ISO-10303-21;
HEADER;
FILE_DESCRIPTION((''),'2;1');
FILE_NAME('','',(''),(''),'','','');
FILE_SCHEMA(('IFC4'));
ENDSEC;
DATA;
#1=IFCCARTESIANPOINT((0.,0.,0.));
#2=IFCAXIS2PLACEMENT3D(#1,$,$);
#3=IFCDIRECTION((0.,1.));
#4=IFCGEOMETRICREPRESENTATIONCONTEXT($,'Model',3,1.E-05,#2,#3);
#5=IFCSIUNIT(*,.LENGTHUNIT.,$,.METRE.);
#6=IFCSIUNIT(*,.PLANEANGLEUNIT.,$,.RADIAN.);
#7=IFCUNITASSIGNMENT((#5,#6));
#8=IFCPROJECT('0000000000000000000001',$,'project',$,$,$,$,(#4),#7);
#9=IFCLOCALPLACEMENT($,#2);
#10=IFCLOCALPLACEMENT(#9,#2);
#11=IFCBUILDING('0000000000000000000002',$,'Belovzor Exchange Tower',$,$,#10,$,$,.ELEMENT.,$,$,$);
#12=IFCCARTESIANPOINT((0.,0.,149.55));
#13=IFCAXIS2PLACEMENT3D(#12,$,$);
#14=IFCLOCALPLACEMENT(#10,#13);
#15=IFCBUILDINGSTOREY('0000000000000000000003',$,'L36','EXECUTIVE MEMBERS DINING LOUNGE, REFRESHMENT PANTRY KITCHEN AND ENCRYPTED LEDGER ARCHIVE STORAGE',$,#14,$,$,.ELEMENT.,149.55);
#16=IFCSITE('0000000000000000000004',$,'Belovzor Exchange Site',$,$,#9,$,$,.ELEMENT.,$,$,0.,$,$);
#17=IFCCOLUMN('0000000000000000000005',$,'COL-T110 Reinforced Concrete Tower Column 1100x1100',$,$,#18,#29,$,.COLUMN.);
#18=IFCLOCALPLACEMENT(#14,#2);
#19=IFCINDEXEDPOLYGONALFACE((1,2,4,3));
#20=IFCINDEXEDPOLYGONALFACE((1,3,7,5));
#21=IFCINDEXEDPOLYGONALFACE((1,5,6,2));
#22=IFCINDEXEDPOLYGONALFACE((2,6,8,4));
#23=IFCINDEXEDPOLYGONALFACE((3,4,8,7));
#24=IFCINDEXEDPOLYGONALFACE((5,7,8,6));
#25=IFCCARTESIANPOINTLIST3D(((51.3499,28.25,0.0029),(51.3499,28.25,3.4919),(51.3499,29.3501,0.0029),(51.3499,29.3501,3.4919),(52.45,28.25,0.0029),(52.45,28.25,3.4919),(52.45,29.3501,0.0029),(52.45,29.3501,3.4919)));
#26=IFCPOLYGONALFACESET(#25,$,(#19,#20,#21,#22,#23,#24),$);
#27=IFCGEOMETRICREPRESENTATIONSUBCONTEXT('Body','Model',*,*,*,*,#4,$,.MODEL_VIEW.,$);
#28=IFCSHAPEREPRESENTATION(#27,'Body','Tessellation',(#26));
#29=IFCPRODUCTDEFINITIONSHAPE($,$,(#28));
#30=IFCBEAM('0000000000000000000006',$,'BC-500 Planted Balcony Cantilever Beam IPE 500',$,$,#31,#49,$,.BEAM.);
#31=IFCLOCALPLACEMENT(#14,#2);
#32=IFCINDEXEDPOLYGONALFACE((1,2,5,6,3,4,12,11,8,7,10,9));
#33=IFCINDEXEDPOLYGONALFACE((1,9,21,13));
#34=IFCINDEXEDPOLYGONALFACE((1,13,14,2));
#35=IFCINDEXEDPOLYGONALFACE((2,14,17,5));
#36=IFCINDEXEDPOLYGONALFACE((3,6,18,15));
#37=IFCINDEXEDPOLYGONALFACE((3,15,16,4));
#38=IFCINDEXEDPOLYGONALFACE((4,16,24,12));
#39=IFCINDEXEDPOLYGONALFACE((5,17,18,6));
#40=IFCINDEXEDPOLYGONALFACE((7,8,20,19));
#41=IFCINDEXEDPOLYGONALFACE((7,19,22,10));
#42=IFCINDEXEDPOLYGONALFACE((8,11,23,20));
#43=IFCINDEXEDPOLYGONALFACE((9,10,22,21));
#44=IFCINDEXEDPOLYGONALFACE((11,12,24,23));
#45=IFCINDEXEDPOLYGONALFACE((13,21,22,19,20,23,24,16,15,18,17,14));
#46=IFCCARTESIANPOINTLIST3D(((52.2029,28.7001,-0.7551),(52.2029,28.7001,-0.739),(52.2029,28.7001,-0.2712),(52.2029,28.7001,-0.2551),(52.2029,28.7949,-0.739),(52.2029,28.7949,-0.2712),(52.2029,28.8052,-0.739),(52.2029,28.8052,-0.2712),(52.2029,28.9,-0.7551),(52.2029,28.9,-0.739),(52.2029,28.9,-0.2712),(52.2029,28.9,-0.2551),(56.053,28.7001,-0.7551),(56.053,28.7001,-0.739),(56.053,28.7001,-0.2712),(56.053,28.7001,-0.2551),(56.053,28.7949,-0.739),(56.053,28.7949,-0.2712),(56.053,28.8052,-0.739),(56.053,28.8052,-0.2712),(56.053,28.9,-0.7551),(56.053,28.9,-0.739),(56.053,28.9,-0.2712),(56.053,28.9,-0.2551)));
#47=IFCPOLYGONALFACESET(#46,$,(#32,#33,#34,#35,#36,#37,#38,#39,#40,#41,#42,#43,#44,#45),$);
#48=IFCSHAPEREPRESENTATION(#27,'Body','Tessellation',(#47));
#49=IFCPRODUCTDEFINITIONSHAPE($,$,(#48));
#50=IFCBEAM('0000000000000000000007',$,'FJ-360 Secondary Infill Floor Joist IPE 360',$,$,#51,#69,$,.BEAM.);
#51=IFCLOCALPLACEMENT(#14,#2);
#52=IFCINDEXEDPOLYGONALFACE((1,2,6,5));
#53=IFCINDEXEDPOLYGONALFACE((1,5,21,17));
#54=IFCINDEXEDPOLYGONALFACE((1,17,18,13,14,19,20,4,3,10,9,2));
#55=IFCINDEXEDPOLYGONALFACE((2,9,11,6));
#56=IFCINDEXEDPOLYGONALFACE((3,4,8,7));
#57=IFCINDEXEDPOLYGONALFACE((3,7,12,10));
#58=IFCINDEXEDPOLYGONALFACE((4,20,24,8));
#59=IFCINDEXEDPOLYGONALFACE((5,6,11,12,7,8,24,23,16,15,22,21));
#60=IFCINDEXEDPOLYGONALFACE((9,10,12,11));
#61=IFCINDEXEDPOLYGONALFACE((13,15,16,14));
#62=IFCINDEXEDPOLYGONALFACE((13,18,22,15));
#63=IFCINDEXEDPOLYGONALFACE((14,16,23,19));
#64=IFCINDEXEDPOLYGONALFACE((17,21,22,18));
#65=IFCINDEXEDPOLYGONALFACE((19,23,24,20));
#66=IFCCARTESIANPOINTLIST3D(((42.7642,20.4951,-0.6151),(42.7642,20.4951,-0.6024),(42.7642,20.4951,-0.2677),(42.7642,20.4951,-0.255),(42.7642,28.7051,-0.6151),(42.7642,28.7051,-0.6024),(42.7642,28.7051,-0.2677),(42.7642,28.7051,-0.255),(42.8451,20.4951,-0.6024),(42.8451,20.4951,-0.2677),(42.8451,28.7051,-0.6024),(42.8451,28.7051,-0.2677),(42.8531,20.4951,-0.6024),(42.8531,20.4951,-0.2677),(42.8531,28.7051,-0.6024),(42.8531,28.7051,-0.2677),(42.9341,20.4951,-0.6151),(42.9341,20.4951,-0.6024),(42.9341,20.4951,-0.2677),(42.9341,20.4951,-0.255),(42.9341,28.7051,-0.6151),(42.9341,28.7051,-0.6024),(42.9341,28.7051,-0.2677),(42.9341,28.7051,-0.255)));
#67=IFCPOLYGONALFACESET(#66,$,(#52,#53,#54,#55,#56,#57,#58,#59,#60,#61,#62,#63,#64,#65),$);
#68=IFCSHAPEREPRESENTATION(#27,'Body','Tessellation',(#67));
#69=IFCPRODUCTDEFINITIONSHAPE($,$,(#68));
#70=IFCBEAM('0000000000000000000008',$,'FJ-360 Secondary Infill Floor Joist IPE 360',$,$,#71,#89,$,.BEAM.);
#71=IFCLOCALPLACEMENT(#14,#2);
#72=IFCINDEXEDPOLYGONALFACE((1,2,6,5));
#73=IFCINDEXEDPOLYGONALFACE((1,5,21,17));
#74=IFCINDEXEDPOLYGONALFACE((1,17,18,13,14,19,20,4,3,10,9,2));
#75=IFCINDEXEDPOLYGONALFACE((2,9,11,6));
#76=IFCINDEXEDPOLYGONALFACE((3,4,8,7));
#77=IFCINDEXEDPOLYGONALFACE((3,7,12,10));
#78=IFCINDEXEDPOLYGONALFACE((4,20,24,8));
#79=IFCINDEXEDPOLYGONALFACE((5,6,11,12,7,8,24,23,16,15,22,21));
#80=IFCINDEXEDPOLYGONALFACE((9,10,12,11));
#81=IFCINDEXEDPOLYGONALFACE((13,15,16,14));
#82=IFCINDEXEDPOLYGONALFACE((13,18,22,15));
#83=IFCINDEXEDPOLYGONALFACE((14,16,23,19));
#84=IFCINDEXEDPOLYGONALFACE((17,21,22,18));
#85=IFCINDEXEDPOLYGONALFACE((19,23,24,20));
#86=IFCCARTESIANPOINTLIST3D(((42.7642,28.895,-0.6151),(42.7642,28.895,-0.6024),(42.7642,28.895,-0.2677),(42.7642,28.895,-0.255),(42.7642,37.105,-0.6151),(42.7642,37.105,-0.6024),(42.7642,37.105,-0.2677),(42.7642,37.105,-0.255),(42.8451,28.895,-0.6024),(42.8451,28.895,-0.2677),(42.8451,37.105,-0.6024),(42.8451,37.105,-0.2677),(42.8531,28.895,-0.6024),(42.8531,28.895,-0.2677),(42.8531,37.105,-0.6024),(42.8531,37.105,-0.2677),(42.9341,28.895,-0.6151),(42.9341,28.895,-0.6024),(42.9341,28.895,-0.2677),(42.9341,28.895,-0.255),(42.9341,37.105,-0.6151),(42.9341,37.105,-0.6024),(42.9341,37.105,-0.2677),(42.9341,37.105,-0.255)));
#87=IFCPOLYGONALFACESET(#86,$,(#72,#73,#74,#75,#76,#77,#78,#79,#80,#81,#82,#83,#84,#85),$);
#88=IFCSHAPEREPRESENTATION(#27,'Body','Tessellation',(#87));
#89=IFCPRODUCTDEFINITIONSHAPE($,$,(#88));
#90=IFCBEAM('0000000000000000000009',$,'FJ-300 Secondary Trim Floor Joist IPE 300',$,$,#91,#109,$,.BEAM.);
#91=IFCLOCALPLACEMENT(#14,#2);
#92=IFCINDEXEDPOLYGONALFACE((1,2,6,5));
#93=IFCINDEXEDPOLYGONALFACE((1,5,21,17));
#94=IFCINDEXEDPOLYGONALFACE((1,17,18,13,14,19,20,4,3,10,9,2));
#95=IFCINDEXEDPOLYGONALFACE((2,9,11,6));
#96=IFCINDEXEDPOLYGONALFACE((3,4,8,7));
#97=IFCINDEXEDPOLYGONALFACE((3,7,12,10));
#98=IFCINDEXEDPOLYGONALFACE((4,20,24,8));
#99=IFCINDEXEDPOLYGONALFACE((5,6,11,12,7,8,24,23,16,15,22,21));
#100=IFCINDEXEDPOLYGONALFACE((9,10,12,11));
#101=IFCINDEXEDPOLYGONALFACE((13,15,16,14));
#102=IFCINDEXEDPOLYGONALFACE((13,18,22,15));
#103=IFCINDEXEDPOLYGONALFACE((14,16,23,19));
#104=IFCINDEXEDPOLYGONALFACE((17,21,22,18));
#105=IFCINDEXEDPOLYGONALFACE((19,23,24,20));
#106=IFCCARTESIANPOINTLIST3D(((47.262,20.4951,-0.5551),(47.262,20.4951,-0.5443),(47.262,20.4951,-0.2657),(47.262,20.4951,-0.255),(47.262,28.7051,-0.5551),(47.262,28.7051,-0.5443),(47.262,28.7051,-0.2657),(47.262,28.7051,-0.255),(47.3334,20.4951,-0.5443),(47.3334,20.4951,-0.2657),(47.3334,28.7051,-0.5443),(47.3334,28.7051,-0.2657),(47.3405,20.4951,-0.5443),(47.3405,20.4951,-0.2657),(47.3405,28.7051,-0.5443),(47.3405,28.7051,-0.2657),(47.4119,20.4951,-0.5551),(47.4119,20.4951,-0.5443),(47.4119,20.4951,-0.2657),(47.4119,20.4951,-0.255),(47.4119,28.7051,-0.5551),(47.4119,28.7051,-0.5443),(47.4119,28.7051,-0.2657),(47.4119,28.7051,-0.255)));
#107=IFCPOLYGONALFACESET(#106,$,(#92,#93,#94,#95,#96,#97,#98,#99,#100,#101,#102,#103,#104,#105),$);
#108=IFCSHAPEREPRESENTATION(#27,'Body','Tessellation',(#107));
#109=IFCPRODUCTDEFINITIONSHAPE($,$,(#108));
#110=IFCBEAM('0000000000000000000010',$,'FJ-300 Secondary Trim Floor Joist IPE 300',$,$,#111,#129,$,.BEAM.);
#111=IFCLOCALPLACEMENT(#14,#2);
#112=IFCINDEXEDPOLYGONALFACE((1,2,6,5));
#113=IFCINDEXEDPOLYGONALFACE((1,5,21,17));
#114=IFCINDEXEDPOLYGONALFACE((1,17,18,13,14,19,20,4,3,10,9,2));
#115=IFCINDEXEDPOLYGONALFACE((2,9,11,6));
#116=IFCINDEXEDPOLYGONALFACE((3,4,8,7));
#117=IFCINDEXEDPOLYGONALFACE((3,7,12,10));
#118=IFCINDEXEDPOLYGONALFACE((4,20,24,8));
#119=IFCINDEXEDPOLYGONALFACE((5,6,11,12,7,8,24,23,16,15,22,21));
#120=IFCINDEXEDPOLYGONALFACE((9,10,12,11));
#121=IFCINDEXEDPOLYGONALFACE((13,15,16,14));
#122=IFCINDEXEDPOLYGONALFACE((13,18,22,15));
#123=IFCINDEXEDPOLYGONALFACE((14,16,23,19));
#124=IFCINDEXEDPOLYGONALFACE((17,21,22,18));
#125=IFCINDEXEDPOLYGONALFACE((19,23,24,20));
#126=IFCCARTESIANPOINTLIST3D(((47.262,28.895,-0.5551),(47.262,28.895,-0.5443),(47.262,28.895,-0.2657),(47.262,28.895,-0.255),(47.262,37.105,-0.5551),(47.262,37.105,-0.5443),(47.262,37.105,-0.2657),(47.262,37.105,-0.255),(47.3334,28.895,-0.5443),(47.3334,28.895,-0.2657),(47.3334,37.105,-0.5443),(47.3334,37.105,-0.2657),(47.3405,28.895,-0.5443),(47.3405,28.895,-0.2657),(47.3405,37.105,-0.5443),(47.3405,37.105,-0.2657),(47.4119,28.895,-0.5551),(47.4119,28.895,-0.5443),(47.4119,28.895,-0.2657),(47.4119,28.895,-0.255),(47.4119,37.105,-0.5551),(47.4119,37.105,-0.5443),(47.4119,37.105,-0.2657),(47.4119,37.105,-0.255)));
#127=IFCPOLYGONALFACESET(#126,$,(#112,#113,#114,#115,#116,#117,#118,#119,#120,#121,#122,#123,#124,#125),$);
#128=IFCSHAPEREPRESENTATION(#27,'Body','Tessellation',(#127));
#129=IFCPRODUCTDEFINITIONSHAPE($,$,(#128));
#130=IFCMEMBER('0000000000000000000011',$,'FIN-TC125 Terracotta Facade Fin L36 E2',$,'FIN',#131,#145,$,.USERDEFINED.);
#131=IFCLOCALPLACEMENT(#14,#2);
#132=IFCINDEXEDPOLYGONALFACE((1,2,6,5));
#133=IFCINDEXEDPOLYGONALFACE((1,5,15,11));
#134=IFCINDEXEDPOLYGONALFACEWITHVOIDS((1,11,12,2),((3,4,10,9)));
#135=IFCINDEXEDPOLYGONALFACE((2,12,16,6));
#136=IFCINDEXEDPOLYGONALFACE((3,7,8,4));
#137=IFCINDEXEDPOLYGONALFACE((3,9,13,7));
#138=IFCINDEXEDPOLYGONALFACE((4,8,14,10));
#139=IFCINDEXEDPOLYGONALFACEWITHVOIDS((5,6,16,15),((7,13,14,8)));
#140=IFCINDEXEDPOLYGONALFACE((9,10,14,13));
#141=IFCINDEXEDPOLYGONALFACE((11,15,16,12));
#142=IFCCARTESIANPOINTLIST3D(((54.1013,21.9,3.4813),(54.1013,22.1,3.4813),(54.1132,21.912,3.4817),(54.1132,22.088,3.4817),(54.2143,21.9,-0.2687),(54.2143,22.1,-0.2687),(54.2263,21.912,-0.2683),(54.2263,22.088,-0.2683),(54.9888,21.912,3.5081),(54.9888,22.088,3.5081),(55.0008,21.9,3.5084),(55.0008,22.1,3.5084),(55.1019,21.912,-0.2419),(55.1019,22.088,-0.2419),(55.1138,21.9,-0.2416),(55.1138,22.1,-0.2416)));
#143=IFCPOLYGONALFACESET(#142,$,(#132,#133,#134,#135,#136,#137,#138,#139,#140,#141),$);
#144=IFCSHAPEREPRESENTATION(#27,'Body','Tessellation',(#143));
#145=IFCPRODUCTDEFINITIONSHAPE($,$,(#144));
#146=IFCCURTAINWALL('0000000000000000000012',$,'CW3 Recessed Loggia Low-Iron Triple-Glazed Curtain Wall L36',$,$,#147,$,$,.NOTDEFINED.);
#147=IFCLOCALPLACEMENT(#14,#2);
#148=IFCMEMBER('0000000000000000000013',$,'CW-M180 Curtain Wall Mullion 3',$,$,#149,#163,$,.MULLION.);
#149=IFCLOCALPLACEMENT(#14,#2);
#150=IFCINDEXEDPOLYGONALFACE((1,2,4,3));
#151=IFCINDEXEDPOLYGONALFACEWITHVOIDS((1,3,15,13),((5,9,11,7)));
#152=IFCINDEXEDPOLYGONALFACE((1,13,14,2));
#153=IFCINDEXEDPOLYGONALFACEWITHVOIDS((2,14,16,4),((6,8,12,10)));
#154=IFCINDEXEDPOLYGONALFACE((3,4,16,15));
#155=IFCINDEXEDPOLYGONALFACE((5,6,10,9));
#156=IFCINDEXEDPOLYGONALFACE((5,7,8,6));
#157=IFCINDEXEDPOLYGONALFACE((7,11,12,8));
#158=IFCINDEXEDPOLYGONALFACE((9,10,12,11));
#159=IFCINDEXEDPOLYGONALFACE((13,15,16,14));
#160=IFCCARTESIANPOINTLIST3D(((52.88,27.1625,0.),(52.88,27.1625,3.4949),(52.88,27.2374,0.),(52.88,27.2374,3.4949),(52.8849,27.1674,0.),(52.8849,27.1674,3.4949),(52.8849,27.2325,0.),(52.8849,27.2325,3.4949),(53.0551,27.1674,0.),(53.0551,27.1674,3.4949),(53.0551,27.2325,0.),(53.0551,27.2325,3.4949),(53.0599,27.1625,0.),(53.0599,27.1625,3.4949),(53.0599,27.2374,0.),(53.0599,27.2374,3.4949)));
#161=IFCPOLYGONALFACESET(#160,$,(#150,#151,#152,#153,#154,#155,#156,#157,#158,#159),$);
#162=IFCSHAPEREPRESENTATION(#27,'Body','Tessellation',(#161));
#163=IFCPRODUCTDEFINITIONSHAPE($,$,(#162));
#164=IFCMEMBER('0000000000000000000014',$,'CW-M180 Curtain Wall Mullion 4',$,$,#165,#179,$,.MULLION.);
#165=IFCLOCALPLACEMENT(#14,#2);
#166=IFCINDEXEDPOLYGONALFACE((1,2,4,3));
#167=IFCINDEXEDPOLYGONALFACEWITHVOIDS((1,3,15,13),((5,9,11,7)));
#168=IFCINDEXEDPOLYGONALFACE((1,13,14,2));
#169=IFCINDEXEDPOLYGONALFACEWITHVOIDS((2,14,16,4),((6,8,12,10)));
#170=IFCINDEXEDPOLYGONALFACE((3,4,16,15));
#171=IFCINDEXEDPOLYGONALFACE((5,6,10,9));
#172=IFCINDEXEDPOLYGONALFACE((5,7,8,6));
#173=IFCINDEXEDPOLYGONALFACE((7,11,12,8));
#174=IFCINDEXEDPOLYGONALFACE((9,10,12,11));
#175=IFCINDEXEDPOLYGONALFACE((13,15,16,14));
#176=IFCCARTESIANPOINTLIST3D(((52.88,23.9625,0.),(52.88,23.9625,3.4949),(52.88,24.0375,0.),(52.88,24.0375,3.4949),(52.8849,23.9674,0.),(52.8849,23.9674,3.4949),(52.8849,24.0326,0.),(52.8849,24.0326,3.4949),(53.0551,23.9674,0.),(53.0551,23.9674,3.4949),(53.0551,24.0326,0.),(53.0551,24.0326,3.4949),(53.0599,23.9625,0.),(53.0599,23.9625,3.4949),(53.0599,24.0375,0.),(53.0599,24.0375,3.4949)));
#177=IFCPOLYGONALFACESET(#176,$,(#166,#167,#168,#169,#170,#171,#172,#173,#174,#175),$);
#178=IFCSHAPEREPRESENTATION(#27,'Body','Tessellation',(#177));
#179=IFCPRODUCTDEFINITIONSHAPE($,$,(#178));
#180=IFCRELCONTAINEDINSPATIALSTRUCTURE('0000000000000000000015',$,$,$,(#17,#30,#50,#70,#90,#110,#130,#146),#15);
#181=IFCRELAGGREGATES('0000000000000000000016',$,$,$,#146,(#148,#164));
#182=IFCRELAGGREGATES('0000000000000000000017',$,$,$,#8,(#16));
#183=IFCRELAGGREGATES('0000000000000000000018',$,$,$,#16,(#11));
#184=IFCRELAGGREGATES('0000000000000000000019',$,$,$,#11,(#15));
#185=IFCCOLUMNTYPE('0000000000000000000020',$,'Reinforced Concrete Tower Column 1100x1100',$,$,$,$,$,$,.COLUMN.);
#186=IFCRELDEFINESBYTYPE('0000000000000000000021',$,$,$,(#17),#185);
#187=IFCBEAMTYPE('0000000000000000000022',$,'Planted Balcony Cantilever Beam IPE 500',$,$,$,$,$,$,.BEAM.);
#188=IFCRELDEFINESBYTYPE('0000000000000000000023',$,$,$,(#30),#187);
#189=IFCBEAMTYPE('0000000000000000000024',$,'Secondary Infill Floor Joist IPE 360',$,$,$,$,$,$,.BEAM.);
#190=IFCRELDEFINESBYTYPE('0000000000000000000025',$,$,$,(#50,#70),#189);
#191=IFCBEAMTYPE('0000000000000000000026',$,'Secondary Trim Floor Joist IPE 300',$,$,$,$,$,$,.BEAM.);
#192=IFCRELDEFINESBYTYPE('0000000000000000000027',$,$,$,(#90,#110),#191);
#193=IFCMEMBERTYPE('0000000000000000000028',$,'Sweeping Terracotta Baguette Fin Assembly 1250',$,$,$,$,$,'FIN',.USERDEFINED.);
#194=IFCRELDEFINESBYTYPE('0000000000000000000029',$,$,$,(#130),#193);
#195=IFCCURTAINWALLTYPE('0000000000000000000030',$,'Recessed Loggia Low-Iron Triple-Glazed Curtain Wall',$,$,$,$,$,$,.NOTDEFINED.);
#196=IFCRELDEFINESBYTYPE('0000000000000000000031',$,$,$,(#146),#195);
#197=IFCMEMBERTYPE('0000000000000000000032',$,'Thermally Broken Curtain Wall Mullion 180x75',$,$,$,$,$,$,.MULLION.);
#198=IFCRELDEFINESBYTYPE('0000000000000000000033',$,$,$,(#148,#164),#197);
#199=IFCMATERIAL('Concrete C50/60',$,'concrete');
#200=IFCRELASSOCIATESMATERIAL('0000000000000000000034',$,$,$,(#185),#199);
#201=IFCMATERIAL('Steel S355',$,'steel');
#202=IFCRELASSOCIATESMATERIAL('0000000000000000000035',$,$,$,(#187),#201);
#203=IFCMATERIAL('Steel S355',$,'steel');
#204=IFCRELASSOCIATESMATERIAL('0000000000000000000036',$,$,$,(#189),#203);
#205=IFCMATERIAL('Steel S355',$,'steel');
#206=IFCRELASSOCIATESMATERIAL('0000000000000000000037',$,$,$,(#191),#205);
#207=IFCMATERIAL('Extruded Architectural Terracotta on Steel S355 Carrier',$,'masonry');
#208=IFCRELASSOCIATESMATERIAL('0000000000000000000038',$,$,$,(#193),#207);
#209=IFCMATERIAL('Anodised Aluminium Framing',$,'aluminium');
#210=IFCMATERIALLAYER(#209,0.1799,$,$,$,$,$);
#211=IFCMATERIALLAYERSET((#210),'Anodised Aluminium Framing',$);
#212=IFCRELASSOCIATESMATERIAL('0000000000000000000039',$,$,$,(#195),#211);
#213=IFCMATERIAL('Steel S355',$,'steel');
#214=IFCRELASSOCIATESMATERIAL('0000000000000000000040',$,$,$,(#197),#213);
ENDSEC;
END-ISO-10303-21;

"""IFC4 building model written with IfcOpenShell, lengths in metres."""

from ifc_helpers import new_model, si_unit, direction, frame, origin, origin_2d, place, context, subcontext, project, spatial, rectangle, hollow_rectangle, i_section, extrude, material, layer, layer_set, material_profile, profile_set, type_object, element, aggregate, save


model = new_model("IFC4")

# Units and contexts
model_context = context("Model", 3, precision=1e-05, world=origin(), true_north=direction((0.0, 1.0)))
body_context = subcontext(model_context, "Body", "Model", "MODEL_VIEW")
ifc_project = project(units=[si_unit("LENGTHUNIT", "METRE"), si_unit("PLANEANGLEUNIT", "RADIAN")], contexts=[model_context])

# Site, building, storey
site_placement = place(None, origin())
site = spatial("IfcSite", under=ifc_project, at=site_placement, Name="Belovzor Exchange Site", CompositionType="ELEMENT", RefElevation=0.0)
building_placement = place(site_placement, origin())
building = spatial("IfcBuilding", under=site, at=building_placement, Name="Belovzor Exchange Tower", CompositionType="ELEMENT")
storey_placement = place(building_placement, frame((0.0, 0.0, 149.55)))
storey = spatial("IfcBuildingStorey", under=building, at=storey_placement, Name="L36", Description="EXECUTIVE MEMBERS DINING LOUNGE, REFRESHMENT PANTRY KITCHEN AND ENCRYPTED LEDGER ARCHIVE STORAGE", CompositionType="ELEMENT", Elevation=149.55)

# Column
ifc_material_1 = material(Name="Concrete C50/60", Category="concrete")
ifc_material_profile_1 = material_profile(ifc_material_1, rectangle(XDim=1.1001, YDim=1.1001, at=origin_2d()))
ifc_profile_set_1 = profile_set([ifc_material_profile_1], Name="Concrete C50/60")
column_type = type_object("IfcColumnType", Name="Reinforced Concrete Tower Column 1100x1100", PredefinedType="COLUMN", material=ifc_profile_set_1)
column_placement = place(storey_placement, frame((51.8999, 28.8, 0.0029), z_axis=(0.0, 0.0, 1.0), x_axis=(1.0, 0.0, 0.0)))
element("IfcColumn", 1, at=column_placement, inside=storey, type_object=column_type, Name="COL-T110 Reinforced Concrete Tower Column 1100x1100", PredefinedType="COLUMN", context=body_context, shape_type="SweptSolid", body=[
    extrude(rectangle(XDim=1.1001, YDim=1.1001, at=origin_2d()), origin(), (0.0, 0.0, 1.0), 3.489),
])

# Beams
ifc_material_2 = material(Name="Steel S355", Category="steel")
ifc_material_profile_2 = material_profile(ifc_material_2, i_section(OverallWidth=0.2, OverallDepth=0.5, WebThickness=0.0103, FlangeThickness=0.0161, at=origin_2d()))
ifc_profile_set_2 = profile_set([ifc_material_profile_2], Name="Steel S355")
beam_type_1 = type_object("IfcBeamType", Name="Planted Balcony Cantilever Beam IPE 500", PredefinedType="BEAM", material=ifc_profile_set_2)
beam_placement = place(storey_placement, frame((52.2029, 28.8, -0.5051), z_axis=(1.0, 0.0, 0.0), x_axis=(0.0, 1.0, 0.0)))
element("IfcBeam", 2, at=beam_placement, inside=storey, type_object=beam_type_1, Name="BC-500 Planted Balcony Cantilever Beam IPE 500", PredefinedType="BEAM", context=body_context, shape_type="SweptSolid", body=[
    extrude(i_section(OverallWidth=0.2, OverallDepth=0.5, WebThickness=0.0103, FlangeThickness=0.0161, at=origin_2d()), origin(), (0.0, 0.0, 1.0), 3.8501),
])
ifc_material_3 = material(Name="Steel S355", Category="steel")
ifc_material_profile_3 = material_profile(ifc_material_3, i_section(OverallWidth=0.1699, OverallDepth=0.3601, WebThickness=0.0081, FlangeThickness=0.0127, at=origin_2d()))
ifc_profile_set_3 = profile_set([ifc_material_profile_3], Name="Steel S355")
beam_type_2 = type_object("IfcBeamType", Name="Secondary Infill Floor Joist IPE 360", PredefinedType="BEAM", material=ifc_profile_set_3)
for number, where, z_axis, x_axis, name in (
    (3, (42.8491, 20.4951, -0.4351), (0.0, 1.0, 0.0), (-1.0, 0.0, 0.0), "FJ-360 Secondary Infill Floor Joist IPE 360"),
    (4, (42.8491, 28.895, -0.4351), (0.0, 1.0, 0.0), (-1.0, 0.0, 0.0), "FJ-360 Secondary Infill Floor Joist IPE 360"),
):
    element("IfcBeam", number, at=place(storey_placement, frame(where, z_axis=z_axis, x_axis=x_axis)), inside=storey, type_object=beam_type_2, Name=name, PredefinedType="BEAM", context=body_context, shape_type="SweptSolid", body=[
        extrude(i_section(OverallWidth=0.1699, OverallDepth=0.3601, WebThickness=0.0081, FlangeThickness=0.0127, at=origin_2d()), origin(), (0.0, 0.0, 1.0), 8.21),
    ])
ifc_material_4 = material(Name="Steel S355", Category="steel")
ifc_material_profile_4 = material_profile(ifc_material_4, i_section(OverallWidth=0.1499, OverallDepth=0.3, WebThickness=0.0071, FlangeThickness=0.0107, at=origin_2d()))
ifc_profile_set_4 = profile_set([ifc_material_profile_4], Name="Steel S355")
beam_type_3 = type_object("IfcBeamType", Name="Secondary Trim Floor Joist IPE 300", PredefinedType="BEAM", material=ifc_profile_set_4)
for number, where, z_axis, x_axis, name in (
    (5, (47.3369, 20.4951, -0.405), (0.0, 1.0, 0.0), (-1.0, 0.0, 0.0), "FJ-300 Secondary Trim Floor Joist IPE 300"),
    (6, (47.3369, 28.895, -0.405), (0.0, 1.0, 0.0), (-1.0, 0.0, 0.0), "FJ-300 Secondary Trim Floor Joist IPE 300"),
):
    element("IfcBeam", number, at=place(storey_placement, frame(where, z_axis=z_axis, x_axis=x_axis)), inside=storey, type_object=beam_type_3, Name=name, PredefinedType="BEAM", context=body_context, shape_type="SweptSolid", body=[
        extrude(i_section(OverallWidth=0.1499, OverallDepth=0.3, WebThickness=0.0071, FlangeThickness=0.0107, at=origin_2d()), origin(), (0.0, 0.0, 1.0), 8.21),
    ])

# Member
ifc_material_5 = material(Name="Extruded Architectural Terracotta on Steel S355 Carrier", Category="masonry")
ifc_material_profile_5 = material_profile(ifc_material_5, hollow_rectangle(XDim=0.2, YDim=0.8999, WallThickness=0.012, at=origin_2d()))
ifc_profile_set_5 = profile_set([ifc_material_profile_5], Name="Extruded Architectural Terracotta on Steel S355 Carrier")
member_type_1 = type_object("IfcMemberType", Name="Sweeping Terracotta Baguette Fin Assembly 1250", ElementType="FIN", PredefinedType="USERDEFINED", material=ifc_profile_set_5)
member_1_placement = place(storey_placement, frame((54.6641, 22.0, -0.2551), z_axis=(-0.03013, 0.0, 0.999546), x_axis=(0.0, -1.0, 0.0)))
element("IfcMember", 7, at=member_1_placement, inside=storey, type_object=member_type_1, Name="FIN-TC125 Terracotta Facade Fin L36 E2", ObjectType="FIN", PredefinedType="USERDEFINED", context=body_context, shape_type="SweptSolid", body=[
    extrude(hollow_rectangle(XDim=0.2, YDim=0.8999, WallThickness=0.012, at=origin_2d()), origin(), (0.0, 0.0, 1.0), 3.7517),
])

# Curtain wall, members
ifc_material_6 = material(Name="Anodised Aluminium Framing", Category="aluminium")
ifc_layer_1 = layer(ifc_material_6, 0.1799)
ifc_layer_set_1 = layer_set([ifc_layer_1], Name="Anodised Aluminium Framing")
curtain_wall_type = type_object("IfcCurtainWallType", Name="Recessed Loggia Low-Iron Triple-Glazed Curtain Wall", PredefinedType="NOTDEFINED", material=ifc_layer_set_1)
curtain_wall_placement = place(storey_placement, origin())
curtain_wall = element("IfcCurtainWall", 8, at=curtain_wall_placement, inside=storey, type_object=curtain_wall_type, Name="CW3 Recessed Loggia Low-Iron Triple-Glazed Curtain Wall L36", PredefinedType="NOTDEFINED")
ifc_material_7 = material(Name="Steel S355", Category="steel")
ifc_material_profile_6 = material_profile(ifc_material_7, hollow_rectangle(XDim=0.075, YDim=0.1799, WallThickness=0.0049, at=origin_2d()))
ifc_profile_set_6 = profile_set([ifc_material_profile_6], Name="Steel S355")
member_type_2 = type_object("IfcMemberType", Name="Thermally Broken Curtain Wall Mullion 180x75", PredefinedType="MULLION", material=ifc_profile_set_6)
member_2_placement = place(storey_placement, frame((52.97, 27.2, 0.0), z_axis=(0.0, 0.0, 1.0), x_axis=(0.0, -1.0, 0.0)))
member_2 = element("IfcMember", 9, at=member_2_placement, type_object=member_type_2, Name="CW-M180 Curtain Wall Mullion 3", PredefinedType="MULLION", context=body_context, shape_type="SweptSolid", body=[
    extrude(hollow_rectangle(XDim=0.075, YDim=0.1799, WallThickness=0.0049, at=origin_2d()), origin(), (0.0, 0.0, 1.0), 3.4949),
])
member_3_placement = place(storey_placement, frame((52.97, 24.0, 0.0), z_axis=(0.0, 0.0, 1.0), x_axis=(0.0, -1.0, 0.0)))
member_3 = element("IfcMember", 10, at=member_3_placement, type_object=member_type_2, Name="CW-M180 Curtain Wall Mullion 4", PredefinedType="MULLION", context=body_context, shape_type="SweptSolid", body=[
    extrude(hollow_rectangle(XDim=0.075, YDim=0.1799, WallThickness=0.0049, at=origin_2d()), origin(), (0.0, 0.0, 1.0), 3.4949),
])
aggregate(curtain_wall, [member_2, member_3])

save(model, "model.ifc")
